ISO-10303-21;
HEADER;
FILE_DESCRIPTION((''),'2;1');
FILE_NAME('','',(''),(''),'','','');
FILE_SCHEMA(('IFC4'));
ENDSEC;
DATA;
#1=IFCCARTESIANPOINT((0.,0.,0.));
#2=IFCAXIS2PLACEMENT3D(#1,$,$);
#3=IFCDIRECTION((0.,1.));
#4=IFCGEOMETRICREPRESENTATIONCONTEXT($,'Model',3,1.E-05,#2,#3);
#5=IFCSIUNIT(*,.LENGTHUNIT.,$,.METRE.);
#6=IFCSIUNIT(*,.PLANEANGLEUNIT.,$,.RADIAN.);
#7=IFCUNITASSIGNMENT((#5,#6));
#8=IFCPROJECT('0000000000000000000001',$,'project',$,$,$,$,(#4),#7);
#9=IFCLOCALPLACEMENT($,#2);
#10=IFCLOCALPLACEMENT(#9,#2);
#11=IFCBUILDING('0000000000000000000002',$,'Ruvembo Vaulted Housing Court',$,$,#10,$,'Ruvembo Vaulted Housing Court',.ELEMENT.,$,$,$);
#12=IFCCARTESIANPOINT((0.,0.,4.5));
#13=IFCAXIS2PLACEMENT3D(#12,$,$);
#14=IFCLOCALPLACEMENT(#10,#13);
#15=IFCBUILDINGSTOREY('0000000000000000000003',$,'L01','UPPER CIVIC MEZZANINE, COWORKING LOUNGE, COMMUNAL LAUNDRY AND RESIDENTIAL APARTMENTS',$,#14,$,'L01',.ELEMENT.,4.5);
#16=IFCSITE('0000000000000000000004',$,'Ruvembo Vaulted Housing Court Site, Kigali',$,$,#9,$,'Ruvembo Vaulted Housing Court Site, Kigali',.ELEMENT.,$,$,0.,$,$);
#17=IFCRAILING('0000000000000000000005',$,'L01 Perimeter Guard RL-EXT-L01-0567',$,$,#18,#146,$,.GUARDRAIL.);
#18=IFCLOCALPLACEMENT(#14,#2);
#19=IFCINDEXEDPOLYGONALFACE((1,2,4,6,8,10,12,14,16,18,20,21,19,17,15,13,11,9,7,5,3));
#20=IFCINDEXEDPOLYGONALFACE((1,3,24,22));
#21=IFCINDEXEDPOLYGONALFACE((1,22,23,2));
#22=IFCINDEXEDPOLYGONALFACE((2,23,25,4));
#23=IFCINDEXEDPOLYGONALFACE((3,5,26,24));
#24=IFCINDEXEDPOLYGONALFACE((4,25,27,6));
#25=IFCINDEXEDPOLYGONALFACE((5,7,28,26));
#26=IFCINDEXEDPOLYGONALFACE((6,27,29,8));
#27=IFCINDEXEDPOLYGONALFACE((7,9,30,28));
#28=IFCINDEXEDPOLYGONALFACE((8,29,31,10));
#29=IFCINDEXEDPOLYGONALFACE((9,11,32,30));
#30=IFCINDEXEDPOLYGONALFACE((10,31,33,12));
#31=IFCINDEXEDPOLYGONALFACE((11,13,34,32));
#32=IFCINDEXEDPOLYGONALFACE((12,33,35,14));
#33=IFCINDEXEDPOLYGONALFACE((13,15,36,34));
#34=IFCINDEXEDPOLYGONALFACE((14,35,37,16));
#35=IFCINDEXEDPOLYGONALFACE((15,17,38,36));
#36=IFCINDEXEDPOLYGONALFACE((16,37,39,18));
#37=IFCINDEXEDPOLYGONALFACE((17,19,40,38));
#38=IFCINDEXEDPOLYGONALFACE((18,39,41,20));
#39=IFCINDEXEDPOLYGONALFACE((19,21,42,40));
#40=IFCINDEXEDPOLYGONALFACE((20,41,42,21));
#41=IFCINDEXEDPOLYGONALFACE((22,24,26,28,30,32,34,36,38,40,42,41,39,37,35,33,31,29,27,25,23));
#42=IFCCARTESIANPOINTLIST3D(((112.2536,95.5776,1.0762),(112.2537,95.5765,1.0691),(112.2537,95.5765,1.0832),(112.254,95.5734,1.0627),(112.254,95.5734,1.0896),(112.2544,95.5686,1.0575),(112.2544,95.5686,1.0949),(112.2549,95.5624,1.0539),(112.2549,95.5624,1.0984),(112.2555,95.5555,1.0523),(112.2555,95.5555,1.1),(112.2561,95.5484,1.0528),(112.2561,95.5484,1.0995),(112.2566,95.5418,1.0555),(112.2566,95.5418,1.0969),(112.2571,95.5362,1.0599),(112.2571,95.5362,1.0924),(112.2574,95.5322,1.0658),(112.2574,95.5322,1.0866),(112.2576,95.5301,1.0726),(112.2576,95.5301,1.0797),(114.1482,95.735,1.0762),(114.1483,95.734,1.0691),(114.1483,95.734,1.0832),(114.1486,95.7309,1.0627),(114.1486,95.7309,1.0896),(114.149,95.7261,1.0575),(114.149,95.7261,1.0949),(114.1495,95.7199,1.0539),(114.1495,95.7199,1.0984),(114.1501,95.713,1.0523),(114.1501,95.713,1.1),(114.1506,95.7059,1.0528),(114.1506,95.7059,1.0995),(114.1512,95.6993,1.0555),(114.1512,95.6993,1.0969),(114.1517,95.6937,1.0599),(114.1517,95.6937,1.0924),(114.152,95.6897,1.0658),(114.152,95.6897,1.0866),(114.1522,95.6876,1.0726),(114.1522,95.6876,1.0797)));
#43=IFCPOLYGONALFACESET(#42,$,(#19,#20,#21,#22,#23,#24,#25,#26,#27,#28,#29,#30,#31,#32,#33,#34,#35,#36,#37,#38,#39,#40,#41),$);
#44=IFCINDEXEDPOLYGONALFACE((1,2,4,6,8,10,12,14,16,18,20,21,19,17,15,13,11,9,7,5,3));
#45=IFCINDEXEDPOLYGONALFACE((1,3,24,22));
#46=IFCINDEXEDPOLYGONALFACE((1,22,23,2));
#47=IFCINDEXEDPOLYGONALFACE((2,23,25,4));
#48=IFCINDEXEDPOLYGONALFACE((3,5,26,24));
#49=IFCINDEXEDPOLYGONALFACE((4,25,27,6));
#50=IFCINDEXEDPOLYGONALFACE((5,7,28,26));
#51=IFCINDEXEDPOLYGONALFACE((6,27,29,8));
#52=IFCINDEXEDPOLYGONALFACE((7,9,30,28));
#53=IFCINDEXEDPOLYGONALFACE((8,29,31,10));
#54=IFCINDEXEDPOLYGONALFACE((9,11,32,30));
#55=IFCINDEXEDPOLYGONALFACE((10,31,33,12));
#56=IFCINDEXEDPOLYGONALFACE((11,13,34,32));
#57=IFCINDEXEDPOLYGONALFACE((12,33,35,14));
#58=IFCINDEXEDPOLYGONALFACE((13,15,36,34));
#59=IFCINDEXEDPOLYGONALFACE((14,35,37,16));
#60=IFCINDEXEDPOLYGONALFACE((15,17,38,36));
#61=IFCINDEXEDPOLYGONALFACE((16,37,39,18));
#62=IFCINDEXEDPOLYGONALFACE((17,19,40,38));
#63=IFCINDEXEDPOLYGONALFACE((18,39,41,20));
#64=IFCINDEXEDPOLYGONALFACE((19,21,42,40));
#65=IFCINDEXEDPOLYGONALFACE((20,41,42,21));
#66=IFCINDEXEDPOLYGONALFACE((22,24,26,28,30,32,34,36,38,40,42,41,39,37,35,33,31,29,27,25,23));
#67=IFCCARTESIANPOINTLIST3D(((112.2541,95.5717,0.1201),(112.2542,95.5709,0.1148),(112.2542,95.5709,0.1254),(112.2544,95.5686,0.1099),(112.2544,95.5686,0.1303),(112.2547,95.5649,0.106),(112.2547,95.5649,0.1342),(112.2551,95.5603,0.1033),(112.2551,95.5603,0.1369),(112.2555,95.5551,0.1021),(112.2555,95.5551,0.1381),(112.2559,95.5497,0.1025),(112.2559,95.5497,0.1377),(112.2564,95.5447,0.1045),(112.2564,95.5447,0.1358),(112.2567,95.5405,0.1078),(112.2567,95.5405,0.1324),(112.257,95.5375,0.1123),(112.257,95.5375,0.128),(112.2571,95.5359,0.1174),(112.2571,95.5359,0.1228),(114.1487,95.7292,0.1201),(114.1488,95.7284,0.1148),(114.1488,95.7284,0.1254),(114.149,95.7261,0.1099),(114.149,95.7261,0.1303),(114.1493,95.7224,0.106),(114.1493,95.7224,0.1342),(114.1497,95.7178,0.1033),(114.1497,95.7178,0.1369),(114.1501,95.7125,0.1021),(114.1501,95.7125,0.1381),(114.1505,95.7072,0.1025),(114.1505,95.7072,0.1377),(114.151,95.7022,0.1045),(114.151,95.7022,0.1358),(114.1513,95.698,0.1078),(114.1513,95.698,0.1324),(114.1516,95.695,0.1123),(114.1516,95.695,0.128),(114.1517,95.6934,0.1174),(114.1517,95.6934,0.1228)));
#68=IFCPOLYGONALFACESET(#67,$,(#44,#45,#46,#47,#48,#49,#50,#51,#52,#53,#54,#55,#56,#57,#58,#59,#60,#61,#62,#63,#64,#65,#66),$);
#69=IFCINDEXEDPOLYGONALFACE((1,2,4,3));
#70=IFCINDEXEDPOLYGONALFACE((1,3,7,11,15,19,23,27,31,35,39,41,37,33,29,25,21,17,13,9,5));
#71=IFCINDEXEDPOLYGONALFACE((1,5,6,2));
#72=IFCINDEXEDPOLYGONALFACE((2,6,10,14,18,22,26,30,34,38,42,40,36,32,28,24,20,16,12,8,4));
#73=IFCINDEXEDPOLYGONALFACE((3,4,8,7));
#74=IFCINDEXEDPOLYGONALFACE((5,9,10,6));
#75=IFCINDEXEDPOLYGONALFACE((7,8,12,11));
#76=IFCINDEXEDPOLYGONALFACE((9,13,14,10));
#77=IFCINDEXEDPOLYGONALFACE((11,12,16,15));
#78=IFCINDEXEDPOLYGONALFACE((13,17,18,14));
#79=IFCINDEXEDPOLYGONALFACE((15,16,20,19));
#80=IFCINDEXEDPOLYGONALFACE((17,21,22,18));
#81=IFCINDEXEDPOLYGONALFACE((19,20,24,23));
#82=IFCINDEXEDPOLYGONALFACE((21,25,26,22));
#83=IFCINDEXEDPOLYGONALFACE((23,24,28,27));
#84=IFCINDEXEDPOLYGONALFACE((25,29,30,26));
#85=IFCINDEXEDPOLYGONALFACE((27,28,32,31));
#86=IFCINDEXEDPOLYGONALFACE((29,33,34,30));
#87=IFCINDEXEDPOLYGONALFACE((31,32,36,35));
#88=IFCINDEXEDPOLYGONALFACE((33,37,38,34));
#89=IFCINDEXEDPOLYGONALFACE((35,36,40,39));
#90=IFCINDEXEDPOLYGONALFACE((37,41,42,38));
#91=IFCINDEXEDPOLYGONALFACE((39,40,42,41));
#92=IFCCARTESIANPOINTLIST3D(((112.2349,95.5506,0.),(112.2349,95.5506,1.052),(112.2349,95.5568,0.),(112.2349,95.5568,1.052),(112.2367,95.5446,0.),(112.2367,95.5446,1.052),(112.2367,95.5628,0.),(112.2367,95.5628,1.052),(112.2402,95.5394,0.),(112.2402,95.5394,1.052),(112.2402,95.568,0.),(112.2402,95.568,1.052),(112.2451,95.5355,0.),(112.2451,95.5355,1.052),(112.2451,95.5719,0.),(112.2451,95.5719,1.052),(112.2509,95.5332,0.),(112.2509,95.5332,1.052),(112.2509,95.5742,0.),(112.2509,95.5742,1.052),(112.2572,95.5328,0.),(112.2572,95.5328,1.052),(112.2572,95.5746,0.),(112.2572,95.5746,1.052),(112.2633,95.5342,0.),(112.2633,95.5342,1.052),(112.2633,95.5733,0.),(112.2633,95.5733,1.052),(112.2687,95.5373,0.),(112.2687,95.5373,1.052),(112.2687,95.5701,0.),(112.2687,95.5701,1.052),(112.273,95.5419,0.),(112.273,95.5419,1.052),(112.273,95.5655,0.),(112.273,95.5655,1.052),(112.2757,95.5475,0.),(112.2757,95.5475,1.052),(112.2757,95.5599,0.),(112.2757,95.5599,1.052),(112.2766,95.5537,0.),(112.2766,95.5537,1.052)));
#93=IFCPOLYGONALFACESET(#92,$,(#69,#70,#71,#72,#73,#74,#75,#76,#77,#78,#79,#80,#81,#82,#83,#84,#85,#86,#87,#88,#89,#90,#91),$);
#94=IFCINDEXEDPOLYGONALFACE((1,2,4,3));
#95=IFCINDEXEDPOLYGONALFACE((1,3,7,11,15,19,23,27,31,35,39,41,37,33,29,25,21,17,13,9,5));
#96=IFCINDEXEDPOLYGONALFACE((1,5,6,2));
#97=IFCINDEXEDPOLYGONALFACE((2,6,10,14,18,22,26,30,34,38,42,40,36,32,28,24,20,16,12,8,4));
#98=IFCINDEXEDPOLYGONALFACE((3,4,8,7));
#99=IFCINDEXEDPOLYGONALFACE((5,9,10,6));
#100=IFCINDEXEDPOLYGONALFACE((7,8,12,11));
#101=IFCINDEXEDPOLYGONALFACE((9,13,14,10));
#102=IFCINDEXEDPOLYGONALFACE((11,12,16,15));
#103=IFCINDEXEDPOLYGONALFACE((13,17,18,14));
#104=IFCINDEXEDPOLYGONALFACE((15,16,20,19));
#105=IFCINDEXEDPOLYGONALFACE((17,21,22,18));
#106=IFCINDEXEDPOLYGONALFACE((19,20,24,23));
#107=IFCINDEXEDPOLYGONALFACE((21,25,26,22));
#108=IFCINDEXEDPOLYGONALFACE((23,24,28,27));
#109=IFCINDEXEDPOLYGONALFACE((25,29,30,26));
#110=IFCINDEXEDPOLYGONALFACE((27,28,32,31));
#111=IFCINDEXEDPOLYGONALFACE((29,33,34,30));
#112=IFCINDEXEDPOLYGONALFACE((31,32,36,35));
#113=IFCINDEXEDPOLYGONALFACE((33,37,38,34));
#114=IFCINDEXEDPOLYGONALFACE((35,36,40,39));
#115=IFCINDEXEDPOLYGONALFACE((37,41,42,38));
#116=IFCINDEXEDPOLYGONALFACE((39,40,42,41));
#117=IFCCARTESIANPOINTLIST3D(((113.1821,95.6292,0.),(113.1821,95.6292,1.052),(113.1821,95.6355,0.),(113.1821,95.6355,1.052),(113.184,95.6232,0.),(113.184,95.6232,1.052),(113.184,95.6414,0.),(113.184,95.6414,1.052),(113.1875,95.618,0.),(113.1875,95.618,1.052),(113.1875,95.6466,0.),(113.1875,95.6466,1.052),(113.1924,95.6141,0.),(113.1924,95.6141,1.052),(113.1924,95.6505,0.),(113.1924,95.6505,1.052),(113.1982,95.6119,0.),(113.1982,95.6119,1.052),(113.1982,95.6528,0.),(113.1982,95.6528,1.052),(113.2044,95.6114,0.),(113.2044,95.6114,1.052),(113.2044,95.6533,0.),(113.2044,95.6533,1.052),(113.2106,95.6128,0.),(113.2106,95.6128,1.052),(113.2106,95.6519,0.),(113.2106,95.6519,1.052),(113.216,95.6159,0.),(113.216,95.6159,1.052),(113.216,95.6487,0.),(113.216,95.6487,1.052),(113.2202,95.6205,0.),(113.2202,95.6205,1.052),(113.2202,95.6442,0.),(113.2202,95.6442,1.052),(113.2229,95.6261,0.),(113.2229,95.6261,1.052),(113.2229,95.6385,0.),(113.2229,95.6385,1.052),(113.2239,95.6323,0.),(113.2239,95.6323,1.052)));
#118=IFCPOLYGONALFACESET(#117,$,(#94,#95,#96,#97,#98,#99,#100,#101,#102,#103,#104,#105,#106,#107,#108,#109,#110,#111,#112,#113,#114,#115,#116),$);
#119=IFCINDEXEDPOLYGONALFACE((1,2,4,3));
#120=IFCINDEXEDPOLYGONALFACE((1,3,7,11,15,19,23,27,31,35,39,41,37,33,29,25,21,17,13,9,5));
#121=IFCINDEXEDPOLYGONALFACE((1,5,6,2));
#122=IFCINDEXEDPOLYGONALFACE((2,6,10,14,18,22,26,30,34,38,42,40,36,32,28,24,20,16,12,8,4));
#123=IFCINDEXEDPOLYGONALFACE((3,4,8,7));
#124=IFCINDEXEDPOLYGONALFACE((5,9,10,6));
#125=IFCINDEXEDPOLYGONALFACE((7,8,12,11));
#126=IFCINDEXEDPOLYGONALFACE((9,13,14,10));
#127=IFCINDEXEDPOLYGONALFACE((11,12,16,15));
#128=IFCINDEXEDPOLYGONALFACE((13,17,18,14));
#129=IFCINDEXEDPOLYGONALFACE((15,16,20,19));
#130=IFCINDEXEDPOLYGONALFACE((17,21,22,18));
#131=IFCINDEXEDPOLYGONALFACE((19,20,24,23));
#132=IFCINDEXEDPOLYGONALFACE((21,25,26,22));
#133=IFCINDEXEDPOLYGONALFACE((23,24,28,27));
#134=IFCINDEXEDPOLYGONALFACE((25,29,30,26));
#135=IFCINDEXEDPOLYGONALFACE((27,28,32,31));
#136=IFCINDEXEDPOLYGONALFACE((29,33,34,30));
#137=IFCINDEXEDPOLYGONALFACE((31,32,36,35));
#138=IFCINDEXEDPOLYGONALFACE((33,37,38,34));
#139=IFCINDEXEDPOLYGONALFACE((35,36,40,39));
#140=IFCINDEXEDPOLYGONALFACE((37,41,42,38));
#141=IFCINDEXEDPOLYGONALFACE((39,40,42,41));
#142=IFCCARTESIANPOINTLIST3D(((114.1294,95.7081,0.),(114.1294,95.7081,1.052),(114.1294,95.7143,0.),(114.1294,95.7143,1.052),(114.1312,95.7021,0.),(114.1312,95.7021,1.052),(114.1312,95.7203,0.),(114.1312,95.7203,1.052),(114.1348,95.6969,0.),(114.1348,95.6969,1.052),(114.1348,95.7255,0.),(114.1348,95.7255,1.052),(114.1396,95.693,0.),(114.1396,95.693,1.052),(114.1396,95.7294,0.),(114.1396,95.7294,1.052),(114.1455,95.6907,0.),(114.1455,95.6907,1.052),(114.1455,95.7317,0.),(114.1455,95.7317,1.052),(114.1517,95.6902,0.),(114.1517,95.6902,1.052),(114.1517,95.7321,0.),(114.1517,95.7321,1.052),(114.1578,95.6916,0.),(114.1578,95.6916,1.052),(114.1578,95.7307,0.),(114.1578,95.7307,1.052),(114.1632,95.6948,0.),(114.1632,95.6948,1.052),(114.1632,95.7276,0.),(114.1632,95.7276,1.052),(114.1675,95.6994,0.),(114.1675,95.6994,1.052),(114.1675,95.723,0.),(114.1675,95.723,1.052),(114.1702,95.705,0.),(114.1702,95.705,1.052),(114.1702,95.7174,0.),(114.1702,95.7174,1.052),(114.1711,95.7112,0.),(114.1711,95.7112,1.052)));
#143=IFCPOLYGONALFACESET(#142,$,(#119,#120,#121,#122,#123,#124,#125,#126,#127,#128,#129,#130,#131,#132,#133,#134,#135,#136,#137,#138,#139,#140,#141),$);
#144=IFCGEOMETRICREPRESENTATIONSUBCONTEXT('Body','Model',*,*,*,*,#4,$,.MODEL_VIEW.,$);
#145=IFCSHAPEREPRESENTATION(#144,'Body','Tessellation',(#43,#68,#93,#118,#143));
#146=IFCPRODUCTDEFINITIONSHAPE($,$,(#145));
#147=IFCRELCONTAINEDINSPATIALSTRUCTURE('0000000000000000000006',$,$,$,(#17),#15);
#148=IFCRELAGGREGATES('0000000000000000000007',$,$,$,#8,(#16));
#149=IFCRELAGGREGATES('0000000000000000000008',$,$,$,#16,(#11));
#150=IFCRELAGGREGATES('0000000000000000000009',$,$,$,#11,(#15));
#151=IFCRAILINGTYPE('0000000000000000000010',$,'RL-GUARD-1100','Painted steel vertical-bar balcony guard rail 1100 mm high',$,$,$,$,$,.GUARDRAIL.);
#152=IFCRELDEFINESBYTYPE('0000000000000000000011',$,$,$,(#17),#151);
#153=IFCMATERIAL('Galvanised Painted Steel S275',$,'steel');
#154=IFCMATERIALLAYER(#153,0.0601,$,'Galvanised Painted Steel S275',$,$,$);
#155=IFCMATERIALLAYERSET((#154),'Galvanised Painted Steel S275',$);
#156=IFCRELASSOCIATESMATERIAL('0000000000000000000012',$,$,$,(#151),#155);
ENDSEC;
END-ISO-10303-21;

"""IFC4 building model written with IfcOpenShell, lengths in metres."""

from ifc_helpers import new_model, si_unit, direction, frame, origin, origin_2d, place, context, subcontext, project, spatial, circle, extrude, material, layer, layer_set, type_object, element, save


model = new_model("IFC4")

# Units and contexts
model_context = context("Model", 3, precision=1e-05, world=origin(), true_north=direction((0.0, 1.0)))
body_context = subcontext(model_context, "Body", "Model", "MODEL_VIEW")
ifc_project = project(units=[si_unit("LENGTHUNIT", "METRE"), si_unit("PLANEANGLEUNIT", "RADIAN")], contexts=[model_context])

# Site, building, storey
site_placement = place(None, origin())
site = spatial("IfcSite", under=ifc_project, at=site_placement, Name="Ruvembo Vaulted Housing Court Site, Kigali", LongName="Ruvembo Vaulted Housing Court Site, Kigali", CompositionType="ELEMENT", RefElevation=0.0)
building_placement = place(site_placement, origin())
building = spatial("IfcBuilding", under=site, at=building_placement, Name="Ruvembo Vaulted Housing Court", LongName="Ruvembo Vaulted Housing Court", CompositionType="ELEMENT")
storey_placement = place(building_placement, frame((0.0, 0.0, 4.5)))
storey = spatial("IfcBuildingStorey", under=building, at=storey_placement, Name="L01", Description="UPPER CIVIC MEZZANINE, COWORKING LOUNGE, COMMUNAL LAUNDRY AND RESIDENTIAL APARTMENTS", LongName="L01", CompositionType="ELEMENT", Elevation=4.5)

# Railing
ifc_material_1 = material(Name="Galvanised Painted Steel S275", Category="steel")
ifc_layer = layer(ifc_material_1, 0.0601, Name="Galvanised Painted Steel S275")
ifc_layer_set = layer_set([ifc_layer], Name="Galvanised Painted Steel S275")
railing_type = type_object("IfcRailingType", Name="RL-GUARD-1100", Description="Painted steel vertical-bar balcony guard rail 1100 mm high", PredefinedType="GUARDRAIL", material=ifc_layer_set)
railing_1_placement = place(storey_placement, frame((112.2556, 95.5537, 0.0)))
element("IfcRailing", 1, at=railing_1_placement, inside=storey, type_object=railing_type, Name="L01 Perimeter Guard RL-EXT-L01-0567", PredefinedType="GUARDRAIL", context=body_context, shape_type="SweptSolid", body=[
    extrude(circle(Radius=0.0239, at=origin_2d()), frame((0.0, 0.0, 1.0762), z_axis=(0.996563, 0.082833, 0.0), x_axis=(-0.082833, 0.996563, 0.0)), (0.0, 0.0, 1.0), 1.9011),
    extrude(circle(Radius=0.0181, at=origin_2d()), frame((0.0, 0.0, 0.1201), z_axis=(0.996563, 0.082833, 0.0), x_axis=(-0.082833, 0.996563, 0.0)), (0.0, 0.0, 1.0), 1.9011),
    extrude(circle(Radius=0.021, at=origin_2d()), origin(), (0.0, 0.0, 1.0), 1.052),
    extrude(circle(Radius=0.021, at=origin_2d()), frame((0.9473, 0.0786, 0.0)), (0.0, 0.0, 1.0), 1.052),
    extrude(circle(Radius=0.021, at=origin_2d()), frame((1.8945, 0.1575, 0.0)), (0.0, 0.0, 1.0), 1.052),
])

save(model, "model.ifc")
